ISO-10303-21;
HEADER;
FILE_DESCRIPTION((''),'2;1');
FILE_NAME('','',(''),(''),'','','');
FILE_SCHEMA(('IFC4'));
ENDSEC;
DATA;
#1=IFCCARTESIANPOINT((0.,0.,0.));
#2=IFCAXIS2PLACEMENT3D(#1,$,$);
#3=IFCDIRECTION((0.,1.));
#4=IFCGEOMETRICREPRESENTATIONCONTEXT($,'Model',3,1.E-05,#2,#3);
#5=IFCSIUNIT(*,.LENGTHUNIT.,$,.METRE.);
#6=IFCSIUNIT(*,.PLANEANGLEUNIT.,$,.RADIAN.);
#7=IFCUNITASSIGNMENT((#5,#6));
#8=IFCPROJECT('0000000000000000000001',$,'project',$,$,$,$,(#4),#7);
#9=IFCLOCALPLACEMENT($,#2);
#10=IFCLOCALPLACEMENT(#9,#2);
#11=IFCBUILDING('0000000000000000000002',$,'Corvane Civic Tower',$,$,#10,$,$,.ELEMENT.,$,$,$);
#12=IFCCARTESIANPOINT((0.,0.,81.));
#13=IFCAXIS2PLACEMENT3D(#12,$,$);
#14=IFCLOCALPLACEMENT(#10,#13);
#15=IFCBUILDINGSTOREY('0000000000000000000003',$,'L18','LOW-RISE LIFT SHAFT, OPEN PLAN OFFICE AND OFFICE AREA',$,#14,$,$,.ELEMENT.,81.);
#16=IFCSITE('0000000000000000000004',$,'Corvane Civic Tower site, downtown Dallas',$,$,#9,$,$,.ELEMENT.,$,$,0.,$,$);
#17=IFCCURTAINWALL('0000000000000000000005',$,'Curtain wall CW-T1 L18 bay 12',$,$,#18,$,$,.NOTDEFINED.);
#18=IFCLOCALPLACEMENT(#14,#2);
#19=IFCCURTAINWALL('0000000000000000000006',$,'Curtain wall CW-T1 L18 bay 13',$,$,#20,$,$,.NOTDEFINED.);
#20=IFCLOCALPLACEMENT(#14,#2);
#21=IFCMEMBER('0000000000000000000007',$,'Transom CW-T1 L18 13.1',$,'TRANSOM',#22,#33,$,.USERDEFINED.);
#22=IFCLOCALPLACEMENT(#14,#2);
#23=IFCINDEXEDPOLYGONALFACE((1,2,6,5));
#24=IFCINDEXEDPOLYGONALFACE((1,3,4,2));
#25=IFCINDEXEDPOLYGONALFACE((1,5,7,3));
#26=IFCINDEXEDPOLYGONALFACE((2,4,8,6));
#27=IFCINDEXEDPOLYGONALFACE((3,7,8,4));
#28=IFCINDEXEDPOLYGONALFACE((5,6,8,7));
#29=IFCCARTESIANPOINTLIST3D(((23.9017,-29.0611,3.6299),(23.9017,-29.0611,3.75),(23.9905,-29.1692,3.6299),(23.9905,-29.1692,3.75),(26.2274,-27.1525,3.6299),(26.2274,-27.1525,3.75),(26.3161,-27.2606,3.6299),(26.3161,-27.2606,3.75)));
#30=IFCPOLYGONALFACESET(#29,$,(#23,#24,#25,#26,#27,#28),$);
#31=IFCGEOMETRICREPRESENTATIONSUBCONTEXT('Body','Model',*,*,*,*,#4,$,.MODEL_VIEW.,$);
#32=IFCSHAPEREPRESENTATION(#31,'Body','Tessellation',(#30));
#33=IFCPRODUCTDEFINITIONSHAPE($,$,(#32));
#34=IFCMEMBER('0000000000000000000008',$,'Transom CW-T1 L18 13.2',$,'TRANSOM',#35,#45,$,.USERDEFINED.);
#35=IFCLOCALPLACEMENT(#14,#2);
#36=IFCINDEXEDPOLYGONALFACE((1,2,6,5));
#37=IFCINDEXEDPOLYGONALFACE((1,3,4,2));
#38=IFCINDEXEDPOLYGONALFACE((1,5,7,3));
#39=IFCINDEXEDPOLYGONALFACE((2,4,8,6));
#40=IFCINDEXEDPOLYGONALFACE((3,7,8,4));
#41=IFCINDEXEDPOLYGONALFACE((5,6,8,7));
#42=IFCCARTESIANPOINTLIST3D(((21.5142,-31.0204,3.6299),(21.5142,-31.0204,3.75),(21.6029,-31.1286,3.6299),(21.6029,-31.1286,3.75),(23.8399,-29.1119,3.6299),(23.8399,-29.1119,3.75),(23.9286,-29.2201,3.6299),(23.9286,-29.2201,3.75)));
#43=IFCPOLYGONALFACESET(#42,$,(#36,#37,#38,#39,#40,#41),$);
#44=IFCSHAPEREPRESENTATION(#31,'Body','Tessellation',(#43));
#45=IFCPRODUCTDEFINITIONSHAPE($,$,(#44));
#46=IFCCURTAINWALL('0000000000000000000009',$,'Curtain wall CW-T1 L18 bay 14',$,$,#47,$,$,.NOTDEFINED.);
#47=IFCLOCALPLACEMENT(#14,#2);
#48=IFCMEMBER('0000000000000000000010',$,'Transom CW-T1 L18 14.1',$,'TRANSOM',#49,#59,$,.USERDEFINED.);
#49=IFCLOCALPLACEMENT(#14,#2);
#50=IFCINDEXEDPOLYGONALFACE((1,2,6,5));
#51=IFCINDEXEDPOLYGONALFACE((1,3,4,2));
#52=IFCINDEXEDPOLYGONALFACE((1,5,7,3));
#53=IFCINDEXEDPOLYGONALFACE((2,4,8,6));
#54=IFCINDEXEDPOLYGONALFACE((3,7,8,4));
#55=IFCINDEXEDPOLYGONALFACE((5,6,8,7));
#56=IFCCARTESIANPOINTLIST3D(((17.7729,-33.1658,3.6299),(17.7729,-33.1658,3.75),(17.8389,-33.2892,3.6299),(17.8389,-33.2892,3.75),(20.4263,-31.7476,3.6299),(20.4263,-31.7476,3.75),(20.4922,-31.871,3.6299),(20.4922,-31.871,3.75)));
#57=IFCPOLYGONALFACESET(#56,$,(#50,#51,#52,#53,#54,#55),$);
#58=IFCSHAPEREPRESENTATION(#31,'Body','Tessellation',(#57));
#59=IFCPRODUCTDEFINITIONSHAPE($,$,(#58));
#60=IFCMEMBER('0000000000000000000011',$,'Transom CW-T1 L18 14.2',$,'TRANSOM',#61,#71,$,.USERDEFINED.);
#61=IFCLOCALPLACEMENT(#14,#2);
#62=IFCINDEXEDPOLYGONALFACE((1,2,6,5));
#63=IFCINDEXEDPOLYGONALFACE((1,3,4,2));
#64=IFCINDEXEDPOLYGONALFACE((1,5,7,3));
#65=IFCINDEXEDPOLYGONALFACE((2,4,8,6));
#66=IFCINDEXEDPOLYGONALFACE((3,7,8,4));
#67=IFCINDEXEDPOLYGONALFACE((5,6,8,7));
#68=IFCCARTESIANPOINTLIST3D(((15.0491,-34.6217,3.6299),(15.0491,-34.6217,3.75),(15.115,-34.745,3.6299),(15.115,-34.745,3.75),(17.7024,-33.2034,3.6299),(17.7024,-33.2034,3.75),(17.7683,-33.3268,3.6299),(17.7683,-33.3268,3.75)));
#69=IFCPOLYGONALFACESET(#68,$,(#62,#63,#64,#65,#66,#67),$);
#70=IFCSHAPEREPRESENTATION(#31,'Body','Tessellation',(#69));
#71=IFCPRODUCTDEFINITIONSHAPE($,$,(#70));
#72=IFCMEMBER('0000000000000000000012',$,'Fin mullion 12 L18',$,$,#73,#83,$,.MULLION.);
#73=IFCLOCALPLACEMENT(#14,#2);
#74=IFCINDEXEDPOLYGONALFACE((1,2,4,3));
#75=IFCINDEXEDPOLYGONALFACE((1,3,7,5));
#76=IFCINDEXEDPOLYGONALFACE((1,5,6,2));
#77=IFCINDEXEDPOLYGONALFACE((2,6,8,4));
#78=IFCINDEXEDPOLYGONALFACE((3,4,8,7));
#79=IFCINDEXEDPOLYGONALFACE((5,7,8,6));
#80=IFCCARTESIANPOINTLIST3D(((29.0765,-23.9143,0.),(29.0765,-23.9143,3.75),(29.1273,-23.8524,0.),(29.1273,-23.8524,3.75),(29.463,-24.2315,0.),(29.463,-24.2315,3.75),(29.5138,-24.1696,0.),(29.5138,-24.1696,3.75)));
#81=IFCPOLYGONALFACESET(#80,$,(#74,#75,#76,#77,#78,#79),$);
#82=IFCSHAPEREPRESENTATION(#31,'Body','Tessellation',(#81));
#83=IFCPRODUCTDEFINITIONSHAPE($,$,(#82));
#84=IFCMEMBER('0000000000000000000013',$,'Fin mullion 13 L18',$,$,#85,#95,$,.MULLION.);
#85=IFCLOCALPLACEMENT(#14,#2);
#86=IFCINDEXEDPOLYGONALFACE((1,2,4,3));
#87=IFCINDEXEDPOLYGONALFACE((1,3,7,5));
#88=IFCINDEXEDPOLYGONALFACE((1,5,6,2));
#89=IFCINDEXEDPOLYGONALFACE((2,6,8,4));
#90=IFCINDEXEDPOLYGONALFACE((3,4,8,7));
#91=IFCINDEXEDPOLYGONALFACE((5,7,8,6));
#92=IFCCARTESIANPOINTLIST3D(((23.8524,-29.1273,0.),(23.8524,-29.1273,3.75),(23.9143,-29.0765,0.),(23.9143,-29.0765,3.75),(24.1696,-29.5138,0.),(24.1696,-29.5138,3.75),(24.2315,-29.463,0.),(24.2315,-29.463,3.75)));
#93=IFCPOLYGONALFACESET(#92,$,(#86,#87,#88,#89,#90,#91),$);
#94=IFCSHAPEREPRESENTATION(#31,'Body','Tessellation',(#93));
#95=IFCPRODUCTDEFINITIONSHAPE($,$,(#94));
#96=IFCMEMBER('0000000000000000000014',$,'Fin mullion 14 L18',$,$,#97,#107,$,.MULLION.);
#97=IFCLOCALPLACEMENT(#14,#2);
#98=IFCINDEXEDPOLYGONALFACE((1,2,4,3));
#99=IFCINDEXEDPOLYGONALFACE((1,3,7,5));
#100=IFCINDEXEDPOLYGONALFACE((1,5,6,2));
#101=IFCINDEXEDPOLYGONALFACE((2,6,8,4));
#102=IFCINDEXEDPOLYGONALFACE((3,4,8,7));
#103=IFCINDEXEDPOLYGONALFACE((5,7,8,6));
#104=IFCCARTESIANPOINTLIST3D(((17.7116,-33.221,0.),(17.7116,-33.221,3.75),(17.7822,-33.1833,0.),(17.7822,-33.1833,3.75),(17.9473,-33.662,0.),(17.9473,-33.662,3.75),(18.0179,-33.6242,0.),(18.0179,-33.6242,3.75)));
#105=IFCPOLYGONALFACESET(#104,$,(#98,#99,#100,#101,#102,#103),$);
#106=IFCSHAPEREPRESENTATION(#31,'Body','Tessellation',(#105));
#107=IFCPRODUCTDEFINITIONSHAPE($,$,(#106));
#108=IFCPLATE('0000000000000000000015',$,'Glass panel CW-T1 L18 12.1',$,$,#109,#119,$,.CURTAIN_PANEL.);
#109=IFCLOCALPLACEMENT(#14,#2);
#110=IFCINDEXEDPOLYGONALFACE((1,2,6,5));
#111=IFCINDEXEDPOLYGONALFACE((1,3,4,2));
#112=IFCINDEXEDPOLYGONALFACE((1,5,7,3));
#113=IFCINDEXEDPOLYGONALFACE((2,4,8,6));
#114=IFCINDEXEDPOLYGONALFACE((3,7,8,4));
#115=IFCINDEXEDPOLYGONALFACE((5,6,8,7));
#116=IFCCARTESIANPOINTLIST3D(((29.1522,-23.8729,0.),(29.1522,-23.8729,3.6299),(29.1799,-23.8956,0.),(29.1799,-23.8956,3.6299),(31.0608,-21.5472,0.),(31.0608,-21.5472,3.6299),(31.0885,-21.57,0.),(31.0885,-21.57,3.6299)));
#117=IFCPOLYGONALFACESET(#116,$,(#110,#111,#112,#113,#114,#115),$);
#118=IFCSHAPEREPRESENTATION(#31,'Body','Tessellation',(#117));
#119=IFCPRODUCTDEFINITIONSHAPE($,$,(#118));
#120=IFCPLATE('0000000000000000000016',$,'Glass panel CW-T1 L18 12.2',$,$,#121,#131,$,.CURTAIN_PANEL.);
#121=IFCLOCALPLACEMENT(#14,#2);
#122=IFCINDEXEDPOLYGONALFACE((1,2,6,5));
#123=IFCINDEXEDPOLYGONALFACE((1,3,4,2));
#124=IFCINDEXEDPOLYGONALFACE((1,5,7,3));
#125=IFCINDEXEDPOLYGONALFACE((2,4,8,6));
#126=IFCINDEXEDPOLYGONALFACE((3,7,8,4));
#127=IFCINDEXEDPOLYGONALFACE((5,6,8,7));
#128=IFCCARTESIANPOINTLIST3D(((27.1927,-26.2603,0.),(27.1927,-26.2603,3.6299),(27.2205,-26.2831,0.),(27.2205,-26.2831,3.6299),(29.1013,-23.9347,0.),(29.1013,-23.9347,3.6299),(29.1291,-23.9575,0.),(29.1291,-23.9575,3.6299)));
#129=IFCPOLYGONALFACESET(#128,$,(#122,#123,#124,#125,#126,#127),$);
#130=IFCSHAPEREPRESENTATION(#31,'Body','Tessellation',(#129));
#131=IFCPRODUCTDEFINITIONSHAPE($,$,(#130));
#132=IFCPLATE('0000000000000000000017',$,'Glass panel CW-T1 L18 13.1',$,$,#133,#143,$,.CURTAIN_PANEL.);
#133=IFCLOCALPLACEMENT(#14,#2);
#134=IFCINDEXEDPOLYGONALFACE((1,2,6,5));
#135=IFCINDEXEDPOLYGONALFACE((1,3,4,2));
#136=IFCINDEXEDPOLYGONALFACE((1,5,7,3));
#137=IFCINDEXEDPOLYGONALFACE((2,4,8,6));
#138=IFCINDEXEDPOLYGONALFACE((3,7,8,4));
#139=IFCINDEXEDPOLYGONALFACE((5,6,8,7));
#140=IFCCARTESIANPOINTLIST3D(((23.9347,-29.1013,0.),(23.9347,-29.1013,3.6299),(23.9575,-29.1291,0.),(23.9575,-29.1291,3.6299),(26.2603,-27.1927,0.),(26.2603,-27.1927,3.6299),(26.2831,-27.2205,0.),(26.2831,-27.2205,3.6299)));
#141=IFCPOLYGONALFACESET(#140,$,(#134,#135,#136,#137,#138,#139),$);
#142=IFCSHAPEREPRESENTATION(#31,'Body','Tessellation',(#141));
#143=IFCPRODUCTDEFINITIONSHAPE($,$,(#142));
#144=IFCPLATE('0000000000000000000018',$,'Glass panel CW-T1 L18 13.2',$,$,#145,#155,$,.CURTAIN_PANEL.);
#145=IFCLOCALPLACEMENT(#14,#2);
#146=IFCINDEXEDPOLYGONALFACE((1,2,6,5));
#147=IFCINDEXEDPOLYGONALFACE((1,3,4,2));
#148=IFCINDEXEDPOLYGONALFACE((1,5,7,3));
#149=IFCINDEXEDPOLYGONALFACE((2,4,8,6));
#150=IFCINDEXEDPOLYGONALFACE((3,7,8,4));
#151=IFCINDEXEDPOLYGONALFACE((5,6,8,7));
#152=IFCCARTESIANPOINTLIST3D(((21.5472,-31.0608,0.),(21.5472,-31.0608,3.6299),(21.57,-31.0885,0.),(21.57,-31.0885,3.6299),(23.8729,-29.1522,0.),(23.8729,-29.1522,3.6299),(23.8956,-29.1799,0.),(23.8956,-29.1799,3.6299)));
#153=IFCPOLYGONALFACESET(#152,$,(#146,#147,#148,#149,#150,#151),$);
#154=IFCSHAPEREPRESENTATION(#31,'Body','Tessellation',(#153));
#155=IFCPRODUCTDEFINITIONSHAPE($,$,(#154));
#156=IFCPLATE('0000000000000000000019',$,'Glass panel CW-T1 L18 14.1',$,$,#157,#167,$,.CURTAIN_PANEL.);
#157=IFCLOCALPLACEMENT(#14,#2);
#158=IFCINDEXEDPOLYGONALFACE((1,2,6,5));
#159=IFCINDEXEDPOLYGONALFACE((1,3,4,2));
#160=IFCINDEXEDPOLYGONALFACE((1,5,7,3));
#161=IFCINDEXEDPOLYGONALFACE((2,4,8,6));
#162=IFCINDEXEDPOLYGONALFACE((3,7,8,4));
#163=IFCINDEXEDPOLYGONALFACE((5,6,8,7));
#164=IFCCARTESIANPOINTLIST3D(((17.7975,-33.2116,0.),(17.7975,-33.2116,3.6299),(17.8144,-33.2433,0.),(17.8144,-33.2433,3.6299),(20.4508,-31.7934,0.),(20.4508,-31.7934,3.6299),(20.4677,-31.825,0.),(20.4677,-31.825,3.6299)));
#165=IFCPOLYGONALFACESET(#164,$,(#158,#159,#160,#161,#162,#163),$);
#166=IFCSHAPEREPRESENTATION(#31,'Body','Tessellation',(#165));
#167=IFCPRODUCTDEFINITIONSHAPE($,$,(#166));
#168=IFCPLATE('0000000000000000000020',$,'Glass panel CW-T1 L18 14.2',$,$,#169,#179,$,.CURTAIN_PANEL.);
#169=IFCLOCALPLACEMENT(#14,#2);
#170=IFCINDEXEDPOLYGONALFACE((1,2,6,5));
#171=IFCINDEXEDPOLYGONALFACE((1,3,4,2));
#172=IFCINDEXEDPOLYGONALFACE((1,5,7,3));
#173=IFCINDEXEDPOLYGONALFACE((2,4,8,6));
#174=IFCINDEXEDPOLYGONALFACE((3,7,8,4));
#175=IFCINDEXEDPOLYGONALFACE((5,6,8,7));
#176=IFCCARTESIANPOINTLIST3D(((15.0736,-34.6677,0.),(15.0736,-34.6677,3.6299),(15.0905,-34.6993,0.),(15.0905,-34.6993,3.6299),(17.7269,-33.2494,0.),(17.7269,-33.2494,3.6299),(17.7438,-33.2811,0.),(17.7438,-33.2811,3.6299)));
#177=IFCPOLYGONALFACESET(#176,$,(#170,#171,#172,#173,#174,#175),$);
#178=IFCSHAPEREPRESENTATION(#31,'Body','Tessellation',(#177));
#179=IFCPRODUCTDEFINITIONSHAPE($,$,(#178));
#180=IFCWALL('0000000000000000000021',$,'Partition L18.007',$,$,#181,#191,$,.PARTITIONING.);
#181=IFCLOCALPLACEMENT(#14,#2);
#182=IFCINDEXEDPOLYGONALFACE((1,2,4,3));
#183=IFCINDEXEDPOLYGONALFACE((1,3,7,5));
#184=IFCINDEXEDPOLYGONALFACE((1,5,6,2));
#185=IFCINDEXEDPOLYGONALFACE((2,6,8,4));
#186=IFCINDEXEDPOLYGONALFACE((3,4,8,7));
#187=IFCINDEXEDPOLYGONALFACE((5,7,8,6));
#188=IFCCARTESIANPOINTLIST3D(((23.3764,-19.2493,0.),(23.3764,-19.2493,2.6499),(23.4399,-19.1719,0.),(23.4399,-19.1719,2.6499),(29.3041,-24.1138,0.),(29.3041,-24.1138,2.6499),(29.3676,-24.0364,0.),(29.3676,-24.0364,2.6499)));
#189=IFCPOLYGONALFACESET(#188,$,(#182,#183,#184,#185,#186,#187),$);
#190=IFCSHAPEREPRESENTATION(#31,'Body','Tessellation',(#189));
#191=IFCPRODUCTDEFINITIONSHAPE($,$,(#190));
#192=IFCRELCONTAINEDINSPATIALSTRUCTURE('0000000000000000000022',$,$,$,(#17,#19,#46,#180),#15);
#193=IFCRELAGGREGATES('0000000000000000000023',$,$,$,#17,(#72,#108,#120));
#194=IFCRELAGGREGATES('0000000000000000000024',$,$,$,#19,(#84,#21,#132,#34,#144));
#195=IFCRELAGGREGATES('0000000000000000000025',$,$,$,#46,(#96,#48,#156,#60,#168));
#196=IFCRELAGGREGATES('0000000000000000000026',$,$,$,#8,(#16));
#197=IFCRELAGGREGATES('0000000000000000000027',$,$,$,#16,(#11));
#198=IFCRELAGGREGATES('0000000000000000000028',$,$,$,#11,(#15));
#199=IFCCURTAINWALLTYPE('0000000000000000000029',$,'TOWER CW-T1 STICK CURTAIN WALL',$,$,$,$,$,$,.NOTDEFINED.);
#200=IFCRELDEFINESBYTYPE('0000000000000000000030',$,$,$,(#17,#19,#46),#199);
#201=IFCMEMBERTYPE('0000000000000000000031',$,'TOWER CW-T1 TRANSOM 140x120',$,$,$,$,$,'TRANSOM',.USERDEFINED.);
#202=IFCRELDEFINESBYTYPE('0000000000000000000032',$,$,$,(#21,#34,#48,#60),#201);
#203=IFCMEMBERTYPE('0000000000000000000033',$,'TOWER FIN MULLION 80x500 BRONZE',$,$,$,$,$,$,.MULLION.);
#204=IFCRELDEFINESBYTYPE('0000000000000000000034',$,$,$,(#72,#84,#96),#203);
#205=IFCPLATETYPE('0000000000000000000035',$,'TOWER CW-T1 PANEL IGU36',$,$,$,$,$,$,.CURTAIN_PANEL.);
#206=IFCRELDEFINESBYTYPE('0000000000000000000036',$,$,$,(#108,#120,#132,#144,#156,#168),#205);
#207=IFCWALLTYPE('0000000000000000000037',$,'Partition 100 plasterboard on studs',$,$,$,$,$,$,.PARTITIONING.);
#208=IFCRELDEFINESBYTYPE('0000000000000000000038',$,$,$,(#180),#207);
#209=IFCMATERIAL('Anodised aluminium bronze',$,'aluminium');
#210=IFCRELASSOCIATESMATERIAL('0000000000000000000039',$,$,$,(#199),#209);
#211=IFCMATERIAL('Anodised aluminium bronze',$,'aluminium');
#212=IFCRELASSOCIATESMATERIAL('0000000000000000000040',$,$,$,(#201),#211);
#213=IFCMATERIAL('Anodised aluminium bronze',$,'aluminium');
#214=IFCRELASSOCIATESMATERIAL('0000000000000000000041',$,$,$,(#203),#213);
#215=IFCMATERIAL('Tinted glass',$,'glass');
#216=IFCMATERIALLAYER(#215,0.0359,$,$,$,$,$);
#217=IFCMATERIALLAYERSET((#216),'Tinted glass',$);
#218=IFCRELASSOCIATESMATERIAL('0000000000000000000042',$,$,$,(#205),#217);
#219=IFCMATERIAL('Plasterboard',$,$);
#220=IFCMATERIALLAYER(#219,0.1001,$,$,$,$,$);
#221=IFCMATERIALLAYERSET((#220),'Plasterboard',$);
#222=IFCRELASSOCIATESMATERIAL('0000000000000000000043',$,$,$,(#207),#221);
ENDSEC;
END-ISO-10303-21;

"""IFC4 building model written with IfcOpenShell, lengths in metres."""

from ifc_helpers import new_model, si_unit, direction, frame, frame_2d, origin, origin_2d, place, context, subcontext, project, spatial, rectangle, extrude, material, layer, layer_set, material_profile, profile_set, type_object, element, aggregate, save


model = new_model("IFC4")

# Units and contexts
model_context = context("Model", 3, precision=1e-05, world=origin(), true_north=direction((0.0, 1.0)))
body_context = subcontext(model_context, "Body", "Model", "MODEL_VIEW")
ifc_project = project(units=[si_unit("LENGTHUNIT", "METRE"), si_unit("PLANEANGLEUNIT", "RADIAN")], contexts=[model_context])

# Site, building, storey
site_placement = place(None, origin())
site = spatial("IfcSite", under=ifc_project, at=site_placement, Name="Corvane Civic Tower site, downtown Dallas", CompositionType="ELEMENT", RefElevation=0.0)
building_placement = place(site_placement, origin())
building = spatial("IfcBuilding", under=site, at=building_placement, Name="Corvane Civic Tower", CompositionType="ELEMENT")
storey_placement = place(building_placement, frame((0.0, 0.0, 81.0)))
storey = spatial("IfcBuildingStorey", under=building, at=storey_placement, Name="L18", Description="LOW-RISE LIFT SHAFT, OPEN PLAN OFFICE AND OFFICE AREA", CompositionType="ELEMENT", Elevation=81.0)

# Curtain walls, members
ifc_material_1 = material(Name="Anodised aluminium bronze", Category="aluminium")
curtain_wall_type = type_object("IfcCurtainWallType", Name="TOWER CW-T1 STICK CURTAIN WALL", PredefinedType="NOTDEFINED", material=ifc_material_1)
curtain_wall_1_placement = place(storey_placement, origin())
curtain_wall_1 = element("IfcCurtainWall", 1, at=curtain_wall_1_placement, inside=storey, type_object=curtain_wall_type, Name="Curtain wall CW-T1 L18 bay 12", PredefinedType="NOTDEFINED")
ifc_material_2 = material(Name="Anodised aluminium bronze", Category="aluminium")
ifc_material_profile_1 = material_profile(ifc_material_2, rectangle(XDim=0.1399, YDim=0.1201, at=origin_2d()), Name="TOWER CW-T1 TRANSOM 140x120")
ifc_profile_set_1 = profile_set([ifc_material_profile_1], Name="Anodised aluminium bronze")
member_type_1 = type_object("IfcMemberType", Name="TOWER CW-T1 TRANSOM 140x120", ElementType="TRANSOM", PredefinedType="USERDEFINED", material=ifc_profile_set_1)
curtain_wall_2_placement = place(storey_placement, origin())
curtain_wall_2 = element("IfcCurtainWall", 2, at=curtain_wall_2_placement, inside=storey, type_object=curtain_wall_type, Name="Curtain wall CW-T1 L18 bay 13", PredefinedType="NOTDEFINED")
member_1_placement = place(storey_placement, frame((26.2717, -27.2065, 3.6899), z_axis=(-0.773002, -0.634404, 0.0), x_axis=(0.634404, -0.773002, 0.0)))
member_1 = element("IfcMember", 3, at=member_1_placement, type_object=member_type_1, Name="Transom CW-T1 L18 13.1", ObjectType="TRANSOM", PredefinedType="USERDEFINED", context=body_context, shape_type="SweptSolid", body=[
    extrude(rectangle(XDim=0.1399, YDim=0.1201, at=origin_2d()), origin(), (0.0, 0.0, 1.0), 3.0085),
])
member_2_placement = place(storey_placement, frame((23.8843, -29.166, 3.6899), z_axis=(-0.773042, -0.634355, 0.0), x_axis=(0.634355, -0.773042, 0.0)))
member_2 = element("IfcMember", 4, at=member_2_placement, type_object=member_type_1, Name="Transom CW-T1 L18 13.2", ObjectType="TRANSOM", PredefinedType="USERDEFINED", context=body_context, shape_type="SweptSolid", body=[
    extrude(rectangle(XDim=0.1399, YDim=0.1201, at=origin_2d()), origin(), (0.0, 0.0, 1.0), 3.0085),
])
curtain_wall_3_placement = place(storey_placement, origin())
curtain_wall_3 = element("IfcCurtainWall", 5, at=curtain_wall_3_placement, inside=storey, type_object=curtain_wall_type, Name="Curtain wall CW-T1 L18 bay 14", PredefinedType="NOTDEFINED")
member_3_placement = place(storey_placement, frame((20.4592, -31.8093, 3.6899), z_axis=(-0.881924, -0.471393, 0.0), x_axis=(0.471393, -0.881924, 0.0)))
member_3 = element("IfcMember", 6, at=member_3_placement, type_object=member_type_1, Name="Transom CW-T1 L18 14.1", ObjectType="TRANSOM", PredefinedType="USERDEFINED", context=body_context, shape_type="SweptSolid", body=[
    extrude(rectangle(XDim=0.1399, YDim=0.1201, at=origin_2d()), origin(), (0.0, 0.0, 1.0), 3.0085),
])
member_4_placement = place(storey_placement, frame((17.7354, -33.2651, 3.6899), z_axis=(-0.881924, -0.471393, 0.0), x_axis=(0.471393, -0.881924, 0.0)))
member_4 = element("IfcMember", 7, at=member_4_placement, type_object=member_type_1, Name="Transom CW-T1 L18 14.2", ObjectType="TRANSOM", PredefinedType="USERDEFINED", context=body_context, shape_type="SweptSolid", body=[
    extrude(rectangle(XDim=0.1399, YDim=0.1201, at=origin_2d()), origin(), (0.0, 0.0, 1.0), 3.0085),
])

# Members
ifc_material_3 = material(Name="Anodised aluminium bronze", Category="aluminium")
ifc_material_profile_2 = material_profile(ifc_material_3, rectangle(XDim=0.0801, YDim=0.5, at=origin_2d()), Name="TOWER FIN MULLION 80x500 BRONZE")
ifc_profile_set_2 = profile_set([ifc_material_profile_2], Name="Anodised aluminium bronze")
member_type_2 = type_object("IfcMemberType", Name="TOWER FIN MULLION 80x500 BRONZE", PredefinedType="MULLION", material=ifc_profile_set_2)
member_5_placement = place(storey_placement, frame((29.2952, -24.042, 0.0), z_axis=(0.0, 0.0, 1.0), x_axis=(-0.634397, -0.773007, 0.0)))
member_5 = element("IfcMember", 8, at=member_5_placement, type_object=member_type_2, Name="Fin mullion 12 L18", PredefinedType="MULLION", context=body_context, shape_type="SweptSolid", body=[
    extrude(rectangle(XDim=0.0801, YDim=0.5, at=origin_2d()), origin(), (0.0, 0.0, 1.0), 3.75),
])
member_6_placement = place(storey_placement, frame((24.042, -29.2952, 0.0), z_axis=(0.0, 0.0, 1.0), x_axis=(-0.773007, -0.634397, 0.0)))
member_6 = element("IfcMember", 9, at=member_6_placement, type_object=member_type_2, Name="Fin mullion 13 L18", PredefinedType="MULLION", context=body_context, shape_type="SweptSolid", body=[
    extrude(rectangle(XDim=0.0801, YDim=0.5, at=origin_2d()), origin(), (0.0, 0.0, 1.0), 3.75),
])
member_7_placement = place(storey_placement, frame((17.8647, -33.4226, 0.0), z_axis=(0.0, 0.0, 1.0), x_axis=(-0.881918, -0.471404, 0.0)))
member_7 = element("IfcMember", 10, at=member_7_placement, type_object=member_type_2, Name="Fin mullion 14 L18", PredefinedType="MULLION", context=body_context, shape_type="SweptSolid", body=[
    extrude(rectangle(XDim=0.0801, YDim=0.5, at=origin_2d()), origin(), (0.0, 0.0, 1.0), 3.75),
])

# Plates
ifc_material_4 = material(Name="Tinted glass", Category="glass")
ifc_layer_1 = layer(ifc_material_4, 0.0359)
ifc_layer_set_1 = layer_set([ifc_layer_1], Name="Tinted glass")
plate_type = type_object("IfcPlateType", Name="TOWER CW-T1 PANEL IGU36", PredefinedType="CURTAIN_PANEL", material=ifc_layer_set_1)
plate_1_placement = place(storey_placement, frame((30.1204, -22.7214, 0.0), z_axis=(0.0, 0.0, 1.0), x_axis=(-0.634397, -0.773007, 0.0)))
plate_1 = element("IfcPlate", 11, at=plate_1_placement, type_object=plate_type, Name="Glass panel CW-T1 L18 12.1", PredefinedType="CURTAIN_PANEL", context=body_context, shape_type="SweptSolid", body=[
    extrude(rectangle(XDim=3.0085, YDim=0.0359, at=origin_2d()), origin(), (0.0, 0.0, 1.0), 3.6299),
])
plate_2_placement = place(storey_placement, frame((28.1609, -25.1089, 0.0), z_axis=(0.0, 0.0, 1.0), x_axis=(-0.634397, -0.773007, 0.0)))
plate_2 = element("IfcPlate", 12, at=plate_2_placement, type_object=plate_type, Name="Glass panel CW-T1 L18 12.2", PredefinedType="CURTAIN_PANEL", context=body_context, shape_type="SweptSolid", body=[
    extrude(rectangle(XDim=3.0085, YDim=0.0359, at=origin_2d()), origin(), (0.0, 0.0, 1.0), 3.6299),
])
aggregate(curtain_wall_1, [member_5, plate_1, plate_2])
plate_3_placement = place(storey_placement, frame((25.1089, -28.1609, 0.0), z_axis=(0.0, 0.0, 1.0), x_axis=(-0.773007, -0.634397, 0.0)))
plate_3 = element("IfcPlate", 13, at=plate_3_placement, type_object=plate_type, Name="Glass panel CW-T1 L18 13.1", PredefinedType="CURTAIN_PANEL", context=body_context, shape_type="SweptSolid", body=[
    extrude(rectangle(XDim=3.0085, YDim=0.0359, at=origin_2d()), origin(), (0.0, 0.0, 1.0), 3.6299),
])
plate_4_placement = place(storey_placement, frame((22.7214, -30.1204, 0.0), z_axis=(0.0, 0.0, 1.0), x_axis=(-0.773007, -0.634397, 0.0)))
plate_4 = element("IfcPlate", 14, at=plate_4_placement, type_object=plate_type, Name="Glass panel CW-T1 L18 13.2", PredefinedType="CURTAIN_PANEL", context=body_context, shape_type="SweptSolid", body=[
    extrude(rectangle(XDim=3.0085, YDim=0.0359, at=origin_2d()), origin(), (0.0, 0.0, 1.0), 3.6299),
])
aggregate(curtain_wall_2, [member_6, member_1, plate_3, member_2, plate_4])
plate_5_placement = place(storey_placement, frame((19.1326, -32.5183, 0.0), z_axis=(0.0, 0.0, 1.0), x_axis=(-0.881918, -0.471404, 0.0)))
plate_5 = element("IfcPlate", 15, at=plate_5_placement, type_object=plate_type, Name="Glass panel CW-T1 L18 14.1", PredefinedType="CURTAIN_PANEL", context=body_context, shape_type="SweptSolid", body=[
    extrude(rectangle(XDim=3.0085, YDim=0.0359, at=origin_2d()), origin(), (0.0, 0.0, 1.0), 3.6299),
])
plate_6_placement = place(storey_placement, frame((16.4087, -33.9744, 0.0), z_axis=(0.0, 0.0, 1.0), x_axis=(-0.881918, -0.471404, 0.0)))
plate_6 = element("IfcPlate", 16, at=plate_6_placement, type_object=plate_type, Name="Glass panel CW-T1 L18 14.2", PredefinedType="CURTAIN_PANEL", context=body_context, shape_type="SweptSolid", body=[
    extrude(rectangle(XDim=3.0085, YDim=0.0359, at=origin_2d()), origin(), (0.0, 0.0, 1.0), 3.6299),
])
aggregate(curtain_wall_3, [member_7, member_3, plate_5, member_4, plate_6])

# Wall
ifc_material_5 = material(Name="Plasterboard")
ifc_layer_2 = layer(ifc_material_5, 0.1001)
ifc_layer_set_2 = layer_set([ifc_layer_2], Name="Plasterboard")
wall_type = type_object("IfcWallType", Name="Partition 100 plasterboard on studs", PredefinedType="PARTITIONING", material=ifc_layer_set_2)
wall_1_placement = place(storey_placement, frame((23.4082, -19.2107, 0.0), z_axis=(0.0, 0.0, 1.0), x_axis=(0.773027, -0.634373, 0.0)))
element("IfcWall", 17, at=wall_1_placement, inside=storey, type_object=wall_type, Name="Partition L18.007", PredefinedType="PARTITIONING", context=body_context, shape_type="SweptSolid", body=[
    extrude(rectangle(XDim=7.6682, YDim=0.1001, at=frame_2d((3.834, 0.0))), origin(), (0.0, 0.0, 1.0), 2.6499),
])

save(model, "model.ifc")
